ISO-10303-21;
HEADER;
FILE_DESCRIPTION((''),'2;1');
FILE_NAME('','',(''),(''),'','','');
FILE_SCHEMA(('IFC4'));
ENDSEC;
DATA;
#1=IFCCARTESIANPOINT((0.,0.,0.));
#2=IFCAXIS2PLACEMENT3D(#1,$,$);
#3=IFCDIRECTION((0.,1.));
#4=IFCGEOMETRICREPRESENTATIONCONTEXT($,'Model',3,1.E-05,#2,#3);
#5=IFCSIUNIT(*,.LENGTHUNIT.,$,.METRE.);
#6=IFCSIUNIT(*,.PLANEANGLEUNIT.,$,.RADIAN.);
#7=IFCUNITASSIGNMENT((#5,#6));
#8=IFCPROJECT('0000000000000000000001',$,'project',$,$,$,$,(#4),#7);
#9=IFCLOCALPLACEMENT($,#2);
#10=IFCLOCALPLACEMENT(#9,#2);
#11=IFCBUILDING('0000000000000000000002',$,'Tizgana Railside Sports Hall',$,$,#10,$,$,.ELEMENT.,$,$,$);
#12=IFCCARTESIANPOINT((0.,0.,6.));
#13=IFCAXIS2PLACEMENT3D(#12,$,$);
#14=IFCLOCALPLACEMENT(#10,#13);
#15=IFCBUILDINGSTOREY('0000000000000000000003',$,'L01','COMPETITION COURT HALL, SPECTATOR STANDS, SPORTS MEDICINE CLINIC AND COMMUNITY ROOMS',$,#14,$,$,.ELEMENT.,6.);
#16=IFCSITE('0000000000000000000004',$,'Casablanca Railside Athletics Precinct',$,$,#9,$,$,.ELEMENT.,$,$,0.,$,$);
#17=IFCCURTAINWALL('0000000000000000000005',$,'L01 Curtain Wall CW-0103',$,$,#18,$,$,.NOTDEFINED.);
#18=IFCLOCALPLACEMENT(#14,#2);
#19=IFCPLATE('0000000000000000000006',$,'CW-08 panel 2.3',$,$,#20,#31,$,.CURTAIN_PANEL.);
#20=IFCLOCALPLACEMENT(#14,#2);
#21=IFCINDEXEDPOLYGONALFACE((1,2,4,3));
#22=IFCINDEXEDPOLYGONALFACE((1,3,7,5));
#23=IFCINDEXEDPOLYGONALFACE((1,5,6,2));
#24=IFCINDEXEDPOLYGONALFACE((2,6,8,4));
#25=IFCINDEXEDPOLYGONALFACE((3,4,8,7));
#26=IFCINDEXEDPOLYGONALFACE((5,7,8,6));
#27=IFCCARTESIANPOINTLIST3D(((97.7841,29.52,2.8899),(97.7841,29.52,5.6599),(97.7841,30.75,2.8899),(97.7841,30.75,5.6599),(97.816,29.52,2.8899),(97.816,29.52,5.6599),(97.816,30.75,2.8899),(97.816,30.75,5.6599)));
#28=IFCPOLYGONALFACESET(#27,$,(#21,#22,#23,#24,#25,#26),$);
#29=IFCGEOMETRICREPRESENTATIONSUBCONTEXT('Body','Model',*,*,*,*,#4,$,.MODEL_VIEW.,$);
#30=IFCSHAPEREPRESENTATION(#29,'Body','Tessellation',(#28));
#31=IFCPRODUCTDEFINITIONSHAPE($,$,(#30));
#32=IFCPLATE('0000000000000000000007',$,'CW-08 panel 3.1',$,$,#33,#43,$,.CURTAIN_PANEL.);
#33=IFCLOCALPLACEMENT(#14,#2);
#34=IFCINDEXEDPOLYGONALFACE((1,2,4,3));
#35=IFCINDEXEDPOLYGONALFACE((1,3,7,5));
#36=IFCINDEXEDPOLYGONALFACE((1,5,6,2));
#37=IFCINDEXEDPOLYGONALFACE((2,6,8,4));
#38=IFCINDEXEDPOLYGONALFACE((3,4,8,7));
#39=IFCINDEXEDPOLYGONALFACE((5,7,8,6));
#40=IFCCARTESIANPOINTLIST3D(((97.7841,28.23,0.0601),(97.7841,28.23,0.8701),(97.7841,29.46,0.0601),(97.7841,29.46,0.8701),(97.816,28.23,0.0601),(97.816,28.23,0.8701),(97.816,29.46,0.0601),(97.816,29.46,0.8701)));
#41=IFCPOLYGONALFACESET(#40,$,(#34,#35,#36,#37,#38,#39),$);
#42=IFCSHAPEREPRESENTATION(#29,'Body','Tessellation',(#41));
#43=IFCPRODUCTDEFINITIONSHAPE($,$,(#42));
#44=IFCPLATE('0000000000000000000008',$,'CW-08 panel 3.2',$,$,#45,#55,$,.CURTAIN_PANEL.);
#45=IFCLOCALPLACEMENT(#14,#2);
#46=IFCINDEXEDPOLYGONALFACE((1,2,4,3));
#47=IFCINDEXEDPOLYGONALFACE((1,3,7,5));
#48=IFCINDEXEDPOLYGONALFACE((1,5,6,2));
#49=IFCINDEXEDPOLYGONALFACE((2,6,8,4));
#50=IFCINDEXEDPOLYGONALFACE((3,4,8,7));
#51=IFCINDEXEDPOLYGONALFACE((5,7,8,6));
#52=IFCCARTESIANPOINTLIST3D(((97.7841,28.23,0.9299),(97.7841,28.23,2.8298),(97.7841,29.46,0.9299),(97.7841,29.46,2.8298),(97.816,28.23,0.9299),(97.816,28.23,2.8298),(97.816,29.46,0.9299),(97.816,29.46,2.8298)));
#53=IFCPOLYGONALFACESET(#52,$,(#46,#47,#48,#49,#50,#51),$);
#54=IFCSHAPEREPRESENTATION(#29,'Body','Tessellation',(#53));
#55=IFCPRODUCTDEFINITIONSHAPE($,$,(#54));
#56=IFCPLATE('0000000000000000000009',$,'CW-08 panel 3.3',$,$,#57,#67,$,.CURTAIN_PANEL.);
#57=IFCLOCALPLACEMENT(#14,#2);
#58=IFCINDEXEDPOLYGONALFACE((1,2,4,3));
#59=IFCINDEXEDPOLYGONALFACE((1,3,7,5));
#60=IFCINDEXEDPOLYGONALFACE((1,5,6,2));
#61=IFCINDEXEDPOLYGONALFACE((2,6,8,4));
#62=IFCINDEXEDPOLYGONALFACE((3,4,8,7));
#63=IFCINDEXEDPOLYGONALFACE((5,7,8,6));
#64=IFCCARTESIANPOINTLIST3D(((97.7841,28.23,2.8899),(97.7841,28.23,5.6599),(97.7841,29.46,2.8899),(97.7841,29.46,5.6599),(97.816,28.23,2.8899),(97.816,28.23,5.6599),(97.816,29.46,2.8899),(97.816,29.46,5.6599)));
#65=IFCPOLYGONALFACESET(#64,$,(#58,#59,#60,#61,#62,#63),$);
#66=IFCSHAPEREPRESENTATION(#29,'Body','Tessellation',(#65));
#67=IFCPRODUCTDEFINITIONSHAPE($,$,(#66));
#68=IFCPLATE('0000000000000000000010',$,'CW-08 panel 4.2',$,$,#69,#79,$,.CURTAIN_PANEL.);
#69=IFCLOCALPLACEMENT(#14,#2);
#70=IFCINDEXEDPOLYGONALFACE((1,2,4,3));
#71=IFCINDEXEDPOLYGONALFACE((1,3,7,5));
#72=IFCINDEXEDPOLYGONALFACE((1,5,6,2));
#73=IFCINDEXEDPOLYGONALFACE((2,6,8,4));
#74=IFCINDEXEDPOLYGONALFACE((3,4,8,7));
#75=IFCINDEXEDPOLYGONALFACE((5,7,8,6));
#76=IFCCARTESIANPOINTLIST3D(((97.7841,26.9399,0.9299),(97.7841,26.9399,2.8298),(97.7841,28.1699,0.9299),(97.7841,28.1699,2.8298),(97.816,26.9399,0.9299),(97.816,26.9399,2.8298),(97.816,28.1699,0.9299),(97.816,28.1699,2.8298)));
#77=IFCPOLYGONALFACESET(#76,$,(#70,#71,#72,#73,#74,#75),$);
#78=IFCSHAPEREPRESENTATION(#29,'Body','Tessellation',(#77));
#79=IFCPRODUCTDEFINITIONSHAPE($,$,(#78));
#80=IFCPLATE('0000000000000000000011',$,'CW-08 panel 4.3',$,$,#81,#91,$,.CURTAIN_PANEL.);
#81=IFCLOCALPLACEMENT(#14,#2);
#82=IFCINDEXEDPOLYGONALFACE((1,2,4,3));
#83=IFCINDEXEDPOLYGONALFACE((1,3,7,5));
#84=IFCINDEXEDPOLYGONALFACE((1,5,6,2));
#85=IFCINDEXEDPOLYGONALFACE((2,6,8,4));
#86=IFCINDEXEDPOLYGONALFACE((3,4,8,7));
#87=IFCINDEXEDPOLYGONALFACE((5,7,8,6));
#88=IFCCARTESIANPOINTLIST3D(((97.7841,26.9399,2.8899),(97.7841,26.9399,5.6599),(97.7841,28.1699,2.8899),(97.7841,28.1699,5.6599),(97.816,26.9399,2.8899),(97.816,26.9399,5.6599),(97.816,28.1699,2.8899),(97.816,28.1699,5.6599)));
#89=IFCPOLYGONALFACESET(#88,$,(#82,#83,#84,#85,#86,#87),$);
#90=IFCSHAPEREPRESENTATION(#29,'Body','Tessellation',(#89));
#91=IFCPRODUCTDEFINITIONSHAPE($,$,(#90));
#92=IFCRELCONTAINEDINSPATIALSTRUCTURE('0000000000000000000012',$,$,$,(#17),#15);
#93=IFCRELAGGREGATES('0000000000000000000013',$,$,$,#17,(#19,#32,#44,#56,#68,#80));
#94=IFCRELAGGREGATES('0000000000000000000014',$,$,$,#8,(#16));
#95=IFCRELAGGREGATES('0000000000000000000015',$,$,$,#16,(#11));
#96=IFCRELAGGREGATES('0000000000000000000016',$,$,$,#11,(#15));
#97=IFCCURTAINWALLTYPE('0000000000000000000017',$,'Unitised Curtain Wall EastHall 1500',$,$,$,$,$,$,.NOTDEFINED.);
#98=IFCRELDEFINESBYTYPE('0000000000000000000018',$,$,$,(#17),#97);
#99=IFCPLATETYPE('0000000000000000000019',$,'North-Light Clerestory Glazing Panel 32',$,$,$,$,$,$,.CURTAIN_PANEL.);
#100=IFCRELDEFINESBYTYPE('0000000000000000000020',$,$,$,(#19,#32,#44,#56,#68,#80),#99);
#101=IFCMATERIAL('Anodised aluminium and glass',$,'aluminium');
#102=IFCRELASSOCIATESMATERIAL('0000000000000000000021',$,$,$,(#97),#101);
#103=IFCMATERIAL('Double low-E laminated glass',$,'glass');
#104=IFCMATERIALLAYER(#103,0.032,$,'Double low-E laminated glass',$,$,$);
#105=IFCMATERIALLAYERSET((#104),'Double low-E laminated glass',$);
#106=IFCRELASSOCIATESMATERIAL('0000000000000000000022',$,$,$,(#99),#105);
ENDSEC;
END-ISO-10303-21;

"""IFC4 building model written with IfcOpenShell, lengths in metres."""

from ifc_helpers import new_model, si_unit, direction, frame, origin, origin_2d, place, context, subcontext, project, spatial, rectangle, extrude, material, layer, layer_set, type_object, element, aggregate, save


model = new_model("IFC4")

# Units and contexts
model_context = context("Model", 3, precision=1e-05, world=origin(), true_north=direction((0.0, 1.0)))
body_context = subcontext(model_context, "Body", "Model", "MODEL_VIEW")
ifc_project = project(units=[si_unit("LENGTHUNIT", "METRE"), si_unit("PLANEANGLEUNIT", "RADIAN")], contexts=[model_context])

# Site, building, storey
site_placement = place(None, origin())
site = spatial("IfcSite", under=ifc_project, at=site_placement, Name="Casablanca Railside Athletics Precinct", CompositionType="ELEMENT", RefElevation=0.0)
building_placement = place(site_placement, origin())
building = spatial("IfcBuilding", under=site, at=building_placement, Name="Tizgana Railside Sports Hall", CompositionType="ELEMENT")
storey_placement = place(building_placement, frame((0.0, 0.0, 6.0)))
storey = spatial("IfcBuildingStorey", under=building, at=storey_placement, Name="L01", Description="COMPETITION COURT HALL, SPECTATOR STANDS, SPORTS MEDICINE CLINIC AND COMMUNITY ROOMS", CompositionType="ELEMENT", Elevation=6.0)

# Curtain wall
ifc_material_1 = material(Name="Anodised aluminium and glass", Category="aluminium")
curtain_wall_type = type_object("IfcCurtainWallType", Name="Unitised Curtain Wall EastHall 1500", PredefinedType="NOTDEFINED", material=ifc_material_1)
curtain_wall_placement = place(storey_placement, origin())
curtain_wall = element("IfcCurtainWall", 1, at=curtain_wall_placement, inside=storey, type_object=curtain_wall_type, Name="L01 Curtain Wall CW-0103", PredefinedType="NOTDEFINED")

# Plates
ifc_material_2 = material(Name="Double low-E laminated glass", Category="glass")
ifc_layer = layer(ifc_material_2, 0.032, Name="Double low-E laminated glass")
ifc_layer_set = layer_set([ifc_layer], Name="Double low-E laminated glass")
plate_type = type_object("IfcPlateType", Name="North-Light Clerestory Glazing Panel 32", PredefinedType="CURTAIN_PANEL", material=ifc_layer_set)
plate_1_placement = place(storey_placement, frame((97.8, 30.135, 2.8899), z_axis=(0.0, 0.0, 1.0), x_axis=(0.0, -1.0, 0.0)))
plate_1 = element("IfcPlate", 2, at=plate_1_placement, type_object=plate_type, Name="CW-08 panel 2.3", PredefinedType="CURTAIN_PANEL", context=body_context, shape_type="SweptSolid", body=[
    extrude(rectangle(XDim=1.23, YDim=0.032, at=origin_2d()), origin(), (0.0, 0.0, 1.0), 2.77),
])
plate_2_placement = place(storey_placement, frame((97.8, 28.845, 0.0601), z_axis=(0.0, 0.0, 1.0), x_axis=(0.0, -1.0, 0.0)))
plate_2 = element("IfcPlate", 3, at=plate_2_placement, type_object=plate_type, Name="CW-08 panel 3.1", PredefinedType="CURTAIN_PANEL", context=body_context, shape_type="SweptSolid", body=[
    extrude(rectangle(XDim=1.23, YDim=0.032, at=origin_2d()), origin(), (0.0, 0.0, 1.0), 0.8101),
])
plate_3_placement = place(storey_placement, frame((97.8, 28.845, 0.9299), z_axis=(0.0, 0.0, 1.0), x_axis=(0.0, -1.0, 0.0)))
plate_3 = element("IfcPlate", 4, at=plate_3_placement, type_object=plate_type, Name="CW-08 panel 3.2", PredefinedType="CURTAIN_PANEL", context=body_context, shape_type="SweptSolid", body=[
    extrude(rectangle(XDim=1.23, YDim=0.032, at=origin_2d()), origin(), (0.0, 0.0, 1.0), 1.8999),
])
plate_4_placement = place(storey_placement, frame((97.8, 28.845, 2.8899), z_axis=(0.0, 0.0, 1.0), x_axis=(0.0, -1.0, 0.0)))
plate_4 = element("IfcPlate", 5, at=plate_4_placement, type_object=plate_type, Name="CW-08 panel 3.3", PredefinedType="CURTAIN_PANEL", context=body_context, shape_type="SweptSolid", body=[
    extrude(rectangle(XDim=1.23, YDim=0.032, at=origin_2d()), origin(), (0.0, 0.0, 1.0), 2.77),
])
plate_5_placement = place(storey_placement, frame((97.8, 27.5549, 0.9299), z_axis=(0.0, 0.0, 1.0), x_axis=(0.0, -1.0, 0.0)))
plate_5 = element("IfcPlate", 6, at=plate_5_placement, type_object=plate_type, Name="CW-08 panel 4.2", PredefinedType="CURTAIN_PANEL", context=body_context, shape_type="SweptSolid", body=[
    extrude(rectangle(XDim=1.23, YDim=0.032, at=origin_2d()), origin(), (0.0, 0.0, 1.0), 1.8999),
])
plate_6_placement = place(storey_placement, frame((97.8, 27.5549, 2.8899), z_axis=(0.0, 0.0, 1.0), x_axis=(0.0, -1.0, 0.0)))
plate_6 = element("IfcPlate", 7, at=plate_6_placement, type_object=plate_type, Name="CW-08 panel 4.3", PredefinedType="CURTAIN_PANEL", context=body_context, shape_type="SweptSolid", body=[
    extrude(rectangle(XDim=1.23, YDim=0.032, at=origin_2d()), origin(), (0.0, 0.0, 1.0), 2.77),
])
aggregate(curtain_wall, [plate_1, plate_2, plate_3, plate_4, plate_5, plate_6])

save(model, "model.ifc")
